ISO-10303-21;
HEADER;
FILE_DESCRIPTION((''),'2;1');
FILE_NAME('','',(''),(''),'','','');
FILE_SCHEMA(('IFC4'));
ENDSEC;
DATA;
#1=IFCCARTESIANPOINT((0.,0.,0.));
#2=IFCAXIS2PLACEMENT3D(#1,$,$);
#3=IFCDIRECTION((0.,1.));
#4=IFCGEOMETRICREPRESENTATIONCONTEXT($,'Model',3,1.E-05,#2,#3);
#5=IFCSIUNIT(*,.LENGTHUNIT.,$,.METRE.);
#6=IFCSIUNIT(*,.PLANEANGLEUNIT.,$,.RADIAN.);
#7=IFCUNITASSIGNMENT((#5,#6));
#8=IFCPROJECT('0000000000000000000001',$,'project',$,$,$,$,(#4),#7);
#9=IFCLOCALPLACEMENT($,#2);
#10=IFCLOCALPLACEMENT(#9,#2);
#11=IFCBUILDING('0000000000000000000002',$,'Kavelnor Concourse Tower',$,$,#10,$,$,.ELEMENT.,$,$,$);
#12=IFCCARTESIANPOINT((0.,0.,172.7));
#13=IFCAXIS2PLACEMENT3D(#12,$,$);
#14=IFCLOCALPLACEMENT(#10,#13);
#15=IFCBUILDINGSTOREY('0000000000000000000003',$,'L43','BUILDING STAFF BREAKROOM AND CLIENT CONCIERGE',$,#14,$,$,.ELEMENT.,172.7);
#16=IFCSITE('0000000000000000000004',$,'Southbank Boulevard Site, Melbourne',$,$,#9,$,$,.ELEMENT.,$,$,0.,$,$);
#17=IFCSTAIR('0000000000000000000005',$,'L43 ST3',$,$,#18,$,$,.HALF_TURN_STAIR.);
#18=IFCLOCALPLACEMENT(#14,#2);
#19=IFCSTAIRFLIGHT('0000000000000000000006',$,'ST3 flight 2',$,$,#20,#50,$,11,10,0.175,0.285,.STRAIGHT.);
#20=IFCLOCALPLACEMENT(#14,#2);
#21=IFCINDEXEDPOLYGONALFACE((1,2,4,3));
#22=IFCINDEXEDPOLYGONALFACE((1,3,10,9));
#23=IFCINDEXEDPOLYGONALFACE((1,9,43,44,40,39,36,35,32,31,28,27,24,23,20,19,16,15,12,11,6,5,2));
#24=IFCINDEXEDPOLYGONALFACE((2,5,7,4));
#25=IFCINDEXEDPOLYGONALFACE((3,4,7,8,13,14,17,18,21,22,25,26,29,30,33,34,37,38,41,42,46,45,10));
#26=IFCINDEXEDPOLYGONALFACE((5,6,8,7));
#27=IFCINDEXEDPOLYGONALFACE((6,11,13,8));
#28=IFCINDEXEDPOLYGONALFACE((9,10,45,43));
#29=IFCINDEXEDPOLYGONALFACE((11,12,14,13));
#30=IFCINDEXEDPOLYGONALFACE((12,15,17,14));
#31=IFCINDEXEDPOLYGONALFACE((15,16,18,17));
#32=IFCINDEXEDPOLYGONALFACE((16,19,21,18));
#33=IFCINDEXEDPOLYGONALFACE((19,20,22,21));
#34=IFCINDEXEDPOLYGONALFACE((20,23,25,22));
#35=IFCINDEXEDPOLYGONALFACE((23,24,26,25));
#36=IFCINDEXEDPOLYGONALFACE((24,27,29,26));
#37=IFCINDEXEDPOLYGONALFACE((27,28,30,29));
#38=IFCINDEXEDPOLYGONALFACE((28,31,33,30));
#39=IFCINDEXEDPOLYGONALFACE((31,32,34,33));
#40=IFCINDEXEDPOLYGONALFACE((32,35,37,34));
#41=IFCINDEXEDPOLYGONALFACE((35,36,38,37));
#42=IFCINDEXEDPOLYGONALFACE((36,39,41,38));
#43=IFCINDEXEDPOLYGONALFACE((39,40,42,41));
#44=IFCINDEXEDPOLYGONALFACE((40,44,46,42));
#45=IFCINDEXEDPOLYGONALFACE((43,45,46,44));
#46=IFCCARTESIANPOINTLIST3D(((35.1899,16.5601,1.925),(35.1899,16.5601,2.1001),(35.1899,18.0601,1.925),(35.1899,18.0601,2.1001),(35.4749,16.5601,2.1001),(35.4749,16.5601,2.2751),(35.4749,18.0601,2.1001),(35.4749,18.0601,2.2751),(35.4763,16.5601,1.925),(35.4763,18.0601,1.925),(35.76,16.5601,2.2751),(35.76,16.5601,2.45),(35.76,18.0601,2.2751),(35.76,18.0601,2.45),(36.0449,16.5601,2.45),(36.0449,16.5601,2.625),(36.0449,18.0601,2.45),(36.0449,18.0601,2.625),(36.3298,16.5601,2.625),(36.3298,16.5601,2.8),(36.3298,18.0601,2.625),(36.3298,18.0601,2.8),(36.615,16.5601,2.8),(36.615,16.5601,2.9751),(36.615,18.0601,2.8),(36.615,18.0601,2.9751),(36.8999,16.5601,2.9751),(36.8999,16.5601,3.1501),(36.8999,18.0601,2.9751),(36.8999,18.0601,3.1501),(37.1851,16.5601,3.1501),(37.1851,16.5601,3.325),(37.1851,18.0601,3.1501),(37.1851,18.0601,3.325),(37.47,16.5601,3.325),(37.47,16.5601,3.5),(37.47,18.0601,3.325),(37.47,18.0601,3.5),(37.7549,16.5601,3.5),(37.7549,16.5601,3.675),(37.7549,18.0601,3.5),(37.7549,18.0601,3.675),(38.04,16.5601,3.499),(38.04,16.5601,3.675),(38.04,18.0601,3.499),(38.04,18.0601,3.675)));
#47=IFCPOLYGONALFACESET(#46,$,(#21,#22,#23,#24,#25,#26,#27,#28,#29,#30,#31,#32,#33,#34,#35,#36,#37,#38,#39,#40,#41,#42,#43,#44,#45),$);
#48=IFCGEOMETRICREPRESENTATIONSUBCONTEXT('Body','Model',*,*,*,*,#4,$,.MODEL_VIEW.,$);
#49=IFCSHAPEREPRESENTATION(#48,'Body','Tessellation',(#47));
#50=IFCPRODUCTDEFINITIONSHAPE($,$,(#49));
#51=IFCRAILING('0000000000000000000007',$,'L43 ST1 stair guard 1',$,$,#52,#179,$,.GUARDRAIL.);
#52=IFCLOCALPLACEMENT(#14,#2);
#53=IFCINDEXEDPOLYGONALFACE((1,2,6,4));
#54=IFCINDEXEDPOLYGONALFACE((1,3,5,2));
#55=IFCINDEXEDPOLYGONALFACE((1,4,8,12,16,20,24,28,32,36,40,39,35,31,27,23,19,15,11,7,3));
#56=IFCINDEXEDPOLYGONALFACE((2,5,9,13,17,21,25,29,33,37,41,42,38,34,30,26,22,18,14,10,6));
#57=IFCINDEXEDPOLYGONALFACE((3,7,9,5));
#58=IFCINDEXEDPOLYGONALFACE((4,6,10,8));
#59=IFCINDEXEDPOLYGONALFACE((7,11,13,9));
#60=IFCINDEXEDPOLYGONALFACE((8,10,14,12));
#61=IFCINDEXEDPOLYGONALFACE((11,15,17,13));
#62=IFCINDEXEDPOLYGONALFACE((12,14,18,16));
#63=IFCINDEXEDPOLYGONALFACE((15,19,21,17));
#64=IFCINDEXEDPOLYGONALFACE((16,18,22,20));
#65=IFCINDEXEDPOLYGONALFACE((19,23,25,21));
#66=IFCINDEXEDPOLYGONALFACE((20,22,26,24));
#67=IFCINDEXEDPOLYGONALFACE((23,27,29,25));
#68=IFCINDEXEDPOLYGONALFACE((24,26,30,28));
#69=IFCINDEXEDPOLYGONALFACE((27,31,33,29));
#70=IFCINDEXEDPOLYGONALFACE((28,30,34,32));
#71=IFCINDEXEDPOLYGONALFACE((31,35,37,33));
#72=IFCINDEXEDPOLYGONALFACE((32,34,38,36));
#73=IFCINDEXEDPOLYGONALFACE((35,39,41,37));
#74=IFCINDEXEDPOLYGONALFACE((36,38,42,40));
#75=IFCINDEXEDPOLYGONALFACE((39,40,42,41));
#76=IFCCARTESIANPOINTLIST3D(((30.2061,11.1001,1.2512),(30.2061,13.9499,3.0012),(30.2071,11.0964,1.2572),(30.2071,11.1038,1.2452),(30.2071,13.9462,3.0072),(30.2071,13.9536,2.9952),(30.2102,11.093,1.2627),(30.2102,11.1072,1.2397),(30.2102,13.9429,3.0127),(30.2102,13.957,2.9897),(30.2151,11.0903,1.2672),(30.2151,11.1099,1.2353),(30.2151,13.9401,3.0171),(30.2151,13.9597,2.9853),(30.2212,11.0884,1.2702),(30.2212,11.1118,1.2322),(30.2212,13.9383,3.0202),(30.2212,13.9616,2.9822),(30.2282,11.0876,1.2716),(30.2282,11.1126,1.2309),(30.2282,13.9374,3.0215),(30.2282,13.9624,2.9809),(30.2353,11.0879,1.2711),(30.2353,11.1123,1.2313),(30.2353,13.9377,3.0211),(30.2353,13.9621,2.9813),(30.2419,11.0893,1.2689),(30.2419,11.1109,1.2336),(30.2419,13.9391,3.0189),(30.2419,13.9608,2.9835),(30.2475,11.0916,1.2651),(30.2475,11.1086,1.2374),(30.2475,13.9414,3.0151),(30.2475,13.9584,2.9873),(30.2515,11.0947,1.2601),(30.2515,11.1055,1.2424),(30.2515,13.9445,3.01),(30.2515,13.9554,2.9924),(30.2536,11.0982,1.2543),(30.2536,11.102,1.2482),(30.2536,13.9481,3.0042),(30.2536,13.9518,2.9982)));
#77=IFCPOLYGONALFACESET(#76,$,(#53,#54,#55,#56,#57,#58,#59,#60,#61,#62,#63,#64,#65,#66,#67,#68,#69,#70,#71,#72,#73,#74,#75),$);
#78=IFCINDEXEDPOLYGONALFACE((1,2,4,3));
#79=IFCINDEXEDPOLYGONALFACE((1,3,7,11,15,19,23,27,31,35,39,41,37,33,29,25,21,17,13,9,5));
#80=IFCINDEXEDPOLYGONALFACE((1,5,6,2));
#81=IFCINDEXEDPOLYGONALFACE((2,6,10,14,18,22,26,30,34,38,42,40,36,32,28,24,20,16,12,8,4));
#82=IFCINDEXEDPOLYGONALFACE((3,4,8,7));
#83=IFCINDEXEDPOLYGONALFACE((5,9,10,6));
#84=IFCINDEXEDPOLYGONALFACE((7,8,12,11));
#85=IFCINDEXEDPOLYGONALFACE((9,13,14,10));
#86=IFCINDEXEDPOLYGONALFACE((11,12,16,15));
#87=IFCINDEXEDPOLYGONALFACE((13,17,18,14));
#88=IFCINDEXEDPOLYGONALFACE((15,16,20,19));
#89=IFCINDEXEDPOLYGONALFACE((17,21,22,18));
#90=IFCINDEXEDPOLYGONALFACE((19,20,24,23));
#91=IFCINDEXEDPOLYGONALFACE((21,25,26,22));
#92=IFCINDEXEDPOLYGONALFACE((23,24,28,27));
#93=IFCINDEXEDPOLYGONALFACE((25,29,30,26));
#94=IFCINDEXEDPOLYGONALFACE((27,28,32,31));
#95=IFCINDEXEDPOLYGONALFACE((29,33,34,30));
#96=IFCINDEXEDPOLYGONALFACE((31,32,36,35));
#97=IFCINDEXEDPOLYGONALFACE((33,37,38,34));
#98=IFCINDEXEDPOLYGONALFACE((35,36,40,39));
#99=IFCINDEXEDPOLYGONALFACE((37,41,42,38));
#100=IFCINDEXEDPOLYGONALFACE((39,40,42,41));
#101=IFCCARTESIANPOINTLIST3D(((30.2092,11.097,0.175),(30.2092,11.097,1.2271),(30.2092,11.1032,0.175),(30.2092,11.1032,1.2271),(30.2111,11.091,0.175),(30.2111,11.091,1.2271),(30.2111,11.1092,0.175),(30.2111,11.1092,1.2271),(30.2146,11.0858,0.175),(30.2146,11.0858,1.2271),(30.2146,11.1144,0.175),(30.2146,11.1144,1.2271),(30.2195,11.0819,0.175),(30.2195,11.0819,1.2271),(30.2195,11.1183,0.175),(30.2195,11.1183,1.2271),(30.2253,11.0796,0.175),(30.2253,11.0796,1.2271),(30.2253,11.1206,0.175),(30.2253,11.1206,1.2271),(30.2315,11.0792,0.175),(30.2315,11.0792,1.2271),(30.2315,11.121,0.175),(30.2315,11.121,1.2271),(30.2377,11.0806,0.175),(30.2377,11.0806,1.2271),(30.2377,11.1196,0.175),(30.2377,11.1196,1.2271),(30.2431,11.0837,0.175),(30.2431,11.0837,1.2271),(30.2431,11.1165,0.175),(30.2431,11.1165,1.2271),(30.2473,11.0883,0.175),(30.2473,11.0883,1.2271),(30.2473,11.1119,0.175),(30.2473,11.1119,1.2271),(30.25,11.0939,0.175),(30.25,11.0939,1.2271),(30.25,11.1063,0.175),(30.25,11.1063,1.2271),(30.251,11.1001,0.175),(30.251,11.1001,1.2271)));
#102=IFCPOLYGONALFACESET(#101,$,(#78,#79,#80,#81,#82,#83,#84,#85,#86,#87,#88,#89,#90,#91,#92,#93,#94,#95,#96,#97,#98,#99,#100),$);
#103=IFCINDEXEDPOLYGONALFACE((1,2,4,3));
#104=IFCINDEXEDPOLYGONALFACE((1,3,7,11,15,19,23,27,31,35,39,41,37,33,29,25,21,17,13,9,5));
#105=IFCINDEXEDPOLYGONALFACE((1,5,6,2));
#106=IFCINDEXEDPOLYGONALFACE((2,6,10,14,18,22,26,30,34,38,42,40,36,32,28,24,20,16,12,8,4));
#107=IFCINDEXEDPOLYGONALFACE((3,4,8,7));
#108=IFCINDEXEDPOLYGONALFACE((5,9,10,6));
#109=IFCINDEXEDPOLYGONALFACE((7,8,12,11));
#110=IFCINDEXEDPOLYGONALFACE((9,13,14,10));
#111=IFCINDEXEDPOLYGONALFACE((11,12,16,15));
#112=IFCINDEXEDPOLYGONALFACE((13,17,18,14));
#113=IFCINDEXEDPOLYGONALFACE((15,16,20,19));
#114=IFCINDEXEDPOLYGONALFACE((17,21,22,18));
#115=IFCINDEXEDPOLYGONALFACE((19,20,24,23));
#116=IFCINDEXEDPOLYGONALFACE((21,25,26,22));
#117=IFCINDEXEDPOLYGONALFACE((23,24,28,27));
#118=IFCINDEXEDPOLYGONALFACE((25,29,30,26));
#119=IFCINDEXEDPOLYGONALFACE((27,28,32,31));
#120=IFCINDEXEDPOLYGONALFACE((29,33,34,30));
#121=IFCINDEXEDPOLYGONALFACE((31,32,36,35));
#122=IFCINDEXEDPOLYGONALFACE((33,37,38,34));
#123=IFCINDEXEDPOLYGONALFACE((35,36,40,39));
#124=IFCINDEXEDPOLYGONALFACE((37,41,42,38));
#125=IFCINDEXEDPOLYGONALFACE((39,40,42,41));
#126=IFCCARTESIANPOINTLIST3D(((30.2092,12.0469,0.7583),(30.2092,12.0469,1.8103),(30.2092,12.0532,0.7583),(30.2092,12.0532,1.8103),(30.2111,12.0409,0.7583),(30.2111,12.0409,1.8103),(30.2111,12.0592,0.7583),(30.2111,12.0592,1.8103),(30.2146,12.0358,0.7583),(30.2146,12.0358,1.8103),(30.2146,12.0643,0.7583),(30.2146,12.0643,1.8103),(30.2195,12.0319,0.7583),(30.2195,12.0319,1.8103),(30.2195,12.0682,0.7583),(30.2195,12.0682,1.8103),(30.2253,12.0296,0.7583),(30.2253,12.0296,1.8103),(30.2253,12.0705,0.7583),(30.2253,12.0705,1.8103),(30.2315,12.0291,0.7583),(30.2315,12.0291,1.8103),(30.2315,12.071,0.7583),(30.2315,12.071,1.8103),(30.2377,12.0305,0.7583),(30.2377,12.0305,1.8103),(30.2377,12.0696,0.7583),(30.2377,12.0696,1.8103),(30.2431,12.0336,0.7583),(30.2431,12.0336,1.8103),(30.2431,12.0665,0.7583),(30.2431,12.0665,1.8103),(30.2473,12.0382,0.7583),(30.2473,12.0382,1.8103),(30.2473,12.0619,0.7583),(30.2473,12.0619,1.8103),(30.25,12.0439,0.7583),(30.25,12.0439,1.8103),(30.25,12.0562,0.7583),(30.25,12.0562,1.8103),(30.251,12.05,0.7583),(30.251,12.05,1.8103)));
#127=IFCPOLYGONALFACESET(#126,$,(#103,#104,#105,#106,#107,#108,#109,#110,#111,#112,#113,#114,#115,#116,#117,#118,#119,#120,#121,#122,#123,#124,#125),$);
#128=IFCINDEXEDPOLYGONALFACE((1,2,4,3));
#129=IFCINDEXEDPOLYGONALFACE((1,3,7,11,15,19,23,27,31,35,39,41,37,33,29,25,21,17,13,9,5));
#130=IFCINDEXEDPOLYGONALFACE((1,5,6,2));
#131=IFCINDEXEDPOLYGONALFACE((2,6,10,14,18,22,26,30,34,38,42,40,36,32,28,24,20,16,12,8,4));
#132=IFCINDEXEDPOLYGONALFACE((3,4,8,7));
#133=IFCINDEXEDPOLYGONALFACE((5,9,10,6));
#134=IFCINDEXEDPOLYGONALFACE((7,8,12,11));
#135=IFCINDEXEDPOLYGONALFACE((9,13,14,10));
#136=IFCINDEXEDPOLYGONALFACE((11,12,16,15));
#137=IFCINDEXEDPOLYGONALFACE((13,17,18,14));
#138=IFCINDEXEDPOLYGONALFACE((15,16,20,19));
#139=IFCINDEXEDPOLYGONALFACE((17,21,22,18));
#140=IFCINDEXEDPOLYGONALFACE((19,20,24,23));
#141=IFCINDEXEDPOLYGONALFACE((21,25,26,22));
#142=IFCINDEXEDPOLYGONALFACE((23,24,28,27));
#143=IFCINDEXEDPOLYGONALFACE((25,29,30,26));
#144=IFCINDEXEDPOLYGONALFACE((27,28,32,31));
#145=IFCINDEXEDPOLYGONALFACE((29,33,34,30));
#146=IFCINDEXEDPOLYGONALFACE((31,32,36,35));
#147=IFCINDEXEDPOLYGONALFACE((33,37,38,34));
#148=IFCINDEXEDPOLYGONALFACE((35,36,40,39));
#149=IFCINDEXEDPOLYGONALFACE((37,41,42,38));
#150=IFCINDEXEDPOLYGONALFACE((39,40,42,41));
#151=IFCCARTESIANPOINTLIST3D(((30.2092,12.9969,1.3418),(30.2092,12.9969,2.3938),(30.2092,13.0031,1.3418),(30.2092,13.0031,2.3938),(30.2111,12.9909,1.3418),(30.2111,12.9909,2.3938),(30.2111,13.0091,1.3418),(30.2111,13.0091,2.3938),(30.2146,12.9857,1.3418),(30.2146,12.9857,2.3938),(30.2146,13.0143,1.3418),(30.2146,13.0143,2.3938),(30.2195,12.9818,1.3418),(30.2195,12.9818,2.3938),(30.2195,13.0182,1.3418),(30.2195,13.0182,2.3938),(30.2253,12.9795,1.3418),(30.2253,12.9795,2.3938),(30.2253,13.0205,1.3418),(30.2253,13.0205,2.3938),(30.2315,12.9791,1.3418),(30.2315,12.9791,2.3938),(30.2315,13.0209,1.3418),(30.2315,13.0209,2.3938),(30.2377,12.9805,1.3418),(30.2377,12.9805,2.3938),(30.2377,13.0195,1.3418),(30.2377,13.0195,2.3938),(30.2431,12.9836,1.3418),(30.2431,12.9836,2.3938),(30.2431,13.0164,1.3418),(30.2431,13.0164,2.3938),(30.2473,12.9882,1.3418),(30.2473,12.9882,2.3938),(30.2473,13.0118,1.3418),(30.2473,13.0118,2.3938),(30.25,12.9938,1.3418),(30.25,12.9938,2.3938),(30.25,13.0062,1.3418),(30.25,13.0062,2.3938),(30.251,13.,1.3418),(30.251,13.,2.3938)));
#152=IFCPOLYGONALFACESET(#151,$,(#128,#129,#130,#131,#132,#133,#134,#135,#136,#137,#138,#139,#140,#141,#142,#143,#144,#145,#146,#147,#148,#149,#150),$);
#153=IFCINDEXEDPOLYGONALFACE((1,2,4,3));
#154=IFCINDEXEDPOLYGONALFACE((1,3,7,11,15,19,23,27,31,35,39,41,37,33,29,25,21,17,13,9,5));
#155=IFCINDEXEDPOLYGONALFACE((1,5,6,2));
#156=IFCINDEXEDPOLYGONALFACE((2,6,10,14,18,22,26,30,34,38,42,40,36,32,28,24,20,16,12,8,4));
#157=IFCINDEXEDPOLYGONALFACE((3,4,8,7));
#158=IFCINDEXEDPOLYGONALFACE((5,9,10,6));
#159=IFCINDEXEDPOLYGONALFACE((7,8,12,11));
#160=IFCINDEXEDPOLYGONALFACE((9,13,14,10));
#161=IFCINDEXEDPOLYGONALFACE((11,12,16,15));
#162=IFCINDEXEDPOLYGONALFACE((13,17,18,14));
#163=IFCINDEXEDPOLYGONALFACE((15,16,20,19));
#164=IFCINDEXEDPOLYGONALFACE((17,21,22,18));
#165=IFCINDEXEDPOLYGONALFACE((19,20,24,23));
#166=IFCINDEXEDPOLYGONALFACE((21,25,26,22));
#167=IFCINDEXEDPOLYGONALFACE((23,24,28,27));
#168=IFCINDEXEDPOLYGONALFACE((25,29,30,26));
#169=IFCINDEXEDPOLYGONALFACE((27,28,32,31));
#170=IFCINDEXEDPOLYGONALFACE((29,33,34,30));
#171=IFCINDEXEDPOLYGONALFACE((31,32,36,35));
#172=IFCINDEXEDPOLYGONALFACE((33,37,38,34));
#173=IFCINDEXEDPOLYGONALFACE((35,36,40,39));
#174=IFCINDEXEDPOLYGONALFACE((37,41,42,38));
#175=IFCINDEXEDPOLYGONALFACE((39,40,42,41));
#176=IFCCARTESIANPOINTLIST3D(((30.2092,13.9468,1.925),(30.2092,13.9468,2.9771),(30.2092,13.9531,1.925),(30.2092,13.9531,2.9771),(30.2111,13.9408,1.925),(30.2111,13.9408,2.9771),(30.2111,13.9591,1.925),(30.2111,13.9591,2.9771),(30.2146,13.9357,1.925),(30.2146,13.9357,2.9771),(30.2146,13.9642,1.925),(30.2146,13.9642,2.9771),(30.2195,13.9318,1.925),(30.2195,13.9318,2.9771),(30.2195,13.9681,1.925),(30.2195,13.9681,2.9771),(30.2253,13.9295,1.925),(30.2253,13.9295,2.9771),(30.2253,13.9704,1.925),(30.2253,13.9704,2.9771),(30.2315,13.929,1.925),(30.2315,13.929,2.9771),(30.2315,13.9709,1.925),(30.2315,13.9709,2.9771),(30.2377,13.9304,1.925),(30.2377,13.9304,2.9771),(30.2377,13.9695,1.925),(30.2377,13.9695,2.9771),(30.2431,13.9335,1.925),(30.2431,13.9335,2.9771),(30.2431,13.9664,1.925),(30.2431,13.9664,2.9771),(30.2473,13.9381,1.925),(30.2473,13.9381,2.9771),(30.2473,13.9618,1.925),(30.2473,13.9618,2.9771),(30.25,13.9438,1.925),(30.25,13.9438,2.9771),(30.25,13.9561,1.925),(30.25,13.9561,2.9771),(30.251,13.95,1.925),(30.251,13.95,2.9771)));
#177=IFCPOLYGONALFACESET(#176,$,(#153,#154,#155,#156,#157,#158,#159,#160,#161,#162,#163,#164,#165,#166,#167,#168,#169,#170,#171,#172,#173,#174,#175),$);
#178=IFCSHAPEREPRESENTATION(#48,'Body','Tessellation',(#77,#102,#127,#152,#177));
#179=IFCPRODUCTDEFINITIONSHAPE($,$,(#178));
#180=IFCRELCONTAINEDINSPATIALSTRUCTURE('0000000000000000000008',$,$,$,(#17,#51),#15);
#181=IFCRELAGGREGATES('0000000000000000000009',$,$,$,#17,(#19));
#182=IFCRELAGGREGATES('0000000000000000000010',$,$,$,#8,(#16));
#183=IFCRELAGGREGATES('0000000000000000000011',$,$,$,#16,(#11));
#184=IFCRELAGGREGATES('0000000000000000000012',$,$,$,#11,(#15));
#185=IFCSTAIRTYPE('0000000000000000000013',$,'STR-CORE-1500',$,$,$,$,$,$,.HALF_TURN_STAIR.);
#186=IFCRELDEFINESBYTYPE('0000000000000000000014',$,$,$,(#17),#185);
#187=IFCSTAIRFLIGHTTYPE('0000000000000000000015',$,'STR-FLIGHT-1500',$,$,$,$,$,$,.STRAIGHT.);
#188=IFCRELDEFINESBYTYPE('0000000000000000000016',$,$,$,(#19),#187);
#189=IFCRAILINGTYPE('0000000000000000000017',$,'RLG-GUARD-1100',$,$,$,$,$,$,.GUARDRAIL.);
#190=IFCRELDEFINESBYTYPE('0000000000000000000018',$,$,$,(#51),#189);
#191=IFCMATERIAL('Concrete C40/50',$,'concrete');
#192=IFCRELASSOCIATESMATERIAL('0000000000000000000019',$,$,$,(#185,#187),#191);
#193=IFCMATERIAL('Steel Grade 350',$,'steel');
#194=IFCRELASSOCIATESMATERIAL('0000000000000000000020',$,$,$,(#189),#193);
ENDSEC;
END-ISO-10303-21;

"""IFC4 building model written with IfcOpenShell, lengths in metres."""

from ifc_helpers import new_model, si_unit, direction, frame, origin, origin_2d, place, context, subcontext, project, spatial, polyline, circle, outline, extrude, material, type_object, element, aggregate, save


model = new_model("IFC4")

# Units and contexts
model_context = context("Model", 3, precision=1e-05, world=origin(), true_north=direction((0.0, 1.0)))
body_context = subcontext(model_context, "Body", "Model", "MODEL_VIEW")
ifc_project = project(units=[si_unit("LENGTHUNIT", "METRE"), si_unit("PLANEANGLEUNIT", "RADIAN")], contexts=[model_context])

# Site, building, storey
site_placement = place(None, origin())
site = spatial("IfcSite", under=ifc_project, at=site_placement, Name="Southbank Boulevard Site, Melbourne", CompositionType="ELEMENT", RefElevation=0.0)
building_placement = place(site_placement, origin())
building = spatial("IfcBuilding", under=site, at=building_placement, Name="Kavelnor Concourse Tower", CompositionType="ELEMENT")
storey_placement = place(building_placement, frame((0.0, 0.0, 172.7)))
storey = spatial("IfcBuildingStorey", under=building, at=storey_placement, Name="L43", Description="BUILDING STAFF BREAKROOM AND CLIENT CONCIERGE", CompositionType="ELEMENT", Elevation=172.7)

# Shared definitions
ifc_material_1 = material(Name="Steel Grade 350", Category="steel")

# Shared definitions
ifc_material_2 = material(Name="Concrete C40/50", Category="concrete")
stair_type = type_object("IfcStairType", Name="STR-CORE-1500", PredefinedType="HALF_TURN_STAIR", material=ifc_material_2)
stair_flight_type = type_object("IfcStairFlightType", Name="STR-FLIGHT-1500", PredefinedType="STRAIGHT", material=ifc_material_2)

# Stair, stair flight
stair_1_placement = place(storey_placement, origin())
stair_1 = element("IfcStair", 1, at=stair_1_placement, inside=storey, type_object=stair_type, Name="L43 ST3", PredefinedType="HALF_TURN_STAIR")
stair_flight_1_placement = place(storey_placement, frame((35.1899, 17.3101, 1.925), z_axis=(0.0, 0.0, 1.0), x_axis=(1.0, 0.0, 0.0)))
stair_flight_1 = element("IfcStairFlight", 2, at=stair_flight_1_placement, type_object=stair_flight_type, Name="ST3 flight 2", NumberOfRisers=11, NumberOfTreads=10, PredefinedType="STRAIGHT", RiserHeight=0.175, TreadLength=0.285, context=body_context, shape_type="SweptSolid", body=[
    extrude(outline(polyline([(0.0, 0.0), (0.0, 0.175), (0.2849, 0.175), (0.2849, 0.3501), (0.5701, 0.3501), (0.5701, 0.5249), (0.855, 0.5249), (0.855, 0.7), (1.1399, 0.7), (1.1399, 0.875), (1.425, 0.875), (1.425, 1.05), (1.71, 1.05), (1.71, 1.2251), (1.9951, 1.2251), (1.9951, 1.3999), (2.28, 1.3999), (2.28, 1.575), (2.5649, 1.575), (2.5649, 1.75), (2.8501, 1.75), (2.8501, 1.925), (2.8501, 1.574), (0.2864, 0.0), (0.0, 0.0)])), frame((0.0, 0.75, 0.0), z_axis=(0.0, -1.0, 0.0), x_axis=(1.0, 0.0, 0.0)), (0.0, 0.0, 1.0), 1.5),
])
aggregate(stair_1, [stair_flight_1])

# Railing
railing_type_1 = type_object("IfcRailingType", Name="RLG-GUARD-1100", PredefinedType="GUARDRAIL", material=ifc_material_1)
railing_1_placement = place(storey_placement, frame((30.23, 11.1001, 0.175)))
element("IfcRailing", 3, at=railing_1_placement, inside=storey, type_object=railing_type_1, Name="L43 ST1 stair guard 1", PredefinedType="GUARDRAIL", context=body_context, shape_type="SweptSolid", body=[
    extrude(circle(Radius=0.0239, at=origin_2d()), frame((0.0, 0.0, 1.0762), z_axis=(0.0, 0.852159, 0.523283), x_axis=(-1.0, 0.0, 0.0)), (0.0, 0.0, 1.0), 3.3442),
    extrude(circle(Radius=0.021, at=origin_2d()), origin(), (0.0, 0.0, 1.0), 1.052),
    extrude(circle(Radius=0.021, at=origin_2d()), frame((0.0, 0.95, 0.5833)), (0.0, 0.0, 1.0), 1.052),
    extrude(circle(Radius=0.021, at=origin_2d()), frame((0.0, 1.8999, 1.1667)), (0.0, 0.0, 1.0), 1.052),
    extrude(circle(Radius=0.021, at=origin_2d()), frame((0.0, 2.8499, 1.75)), (0.0, 0.0, 1.0), 1.052),
])

save(model, "model.ifc")
